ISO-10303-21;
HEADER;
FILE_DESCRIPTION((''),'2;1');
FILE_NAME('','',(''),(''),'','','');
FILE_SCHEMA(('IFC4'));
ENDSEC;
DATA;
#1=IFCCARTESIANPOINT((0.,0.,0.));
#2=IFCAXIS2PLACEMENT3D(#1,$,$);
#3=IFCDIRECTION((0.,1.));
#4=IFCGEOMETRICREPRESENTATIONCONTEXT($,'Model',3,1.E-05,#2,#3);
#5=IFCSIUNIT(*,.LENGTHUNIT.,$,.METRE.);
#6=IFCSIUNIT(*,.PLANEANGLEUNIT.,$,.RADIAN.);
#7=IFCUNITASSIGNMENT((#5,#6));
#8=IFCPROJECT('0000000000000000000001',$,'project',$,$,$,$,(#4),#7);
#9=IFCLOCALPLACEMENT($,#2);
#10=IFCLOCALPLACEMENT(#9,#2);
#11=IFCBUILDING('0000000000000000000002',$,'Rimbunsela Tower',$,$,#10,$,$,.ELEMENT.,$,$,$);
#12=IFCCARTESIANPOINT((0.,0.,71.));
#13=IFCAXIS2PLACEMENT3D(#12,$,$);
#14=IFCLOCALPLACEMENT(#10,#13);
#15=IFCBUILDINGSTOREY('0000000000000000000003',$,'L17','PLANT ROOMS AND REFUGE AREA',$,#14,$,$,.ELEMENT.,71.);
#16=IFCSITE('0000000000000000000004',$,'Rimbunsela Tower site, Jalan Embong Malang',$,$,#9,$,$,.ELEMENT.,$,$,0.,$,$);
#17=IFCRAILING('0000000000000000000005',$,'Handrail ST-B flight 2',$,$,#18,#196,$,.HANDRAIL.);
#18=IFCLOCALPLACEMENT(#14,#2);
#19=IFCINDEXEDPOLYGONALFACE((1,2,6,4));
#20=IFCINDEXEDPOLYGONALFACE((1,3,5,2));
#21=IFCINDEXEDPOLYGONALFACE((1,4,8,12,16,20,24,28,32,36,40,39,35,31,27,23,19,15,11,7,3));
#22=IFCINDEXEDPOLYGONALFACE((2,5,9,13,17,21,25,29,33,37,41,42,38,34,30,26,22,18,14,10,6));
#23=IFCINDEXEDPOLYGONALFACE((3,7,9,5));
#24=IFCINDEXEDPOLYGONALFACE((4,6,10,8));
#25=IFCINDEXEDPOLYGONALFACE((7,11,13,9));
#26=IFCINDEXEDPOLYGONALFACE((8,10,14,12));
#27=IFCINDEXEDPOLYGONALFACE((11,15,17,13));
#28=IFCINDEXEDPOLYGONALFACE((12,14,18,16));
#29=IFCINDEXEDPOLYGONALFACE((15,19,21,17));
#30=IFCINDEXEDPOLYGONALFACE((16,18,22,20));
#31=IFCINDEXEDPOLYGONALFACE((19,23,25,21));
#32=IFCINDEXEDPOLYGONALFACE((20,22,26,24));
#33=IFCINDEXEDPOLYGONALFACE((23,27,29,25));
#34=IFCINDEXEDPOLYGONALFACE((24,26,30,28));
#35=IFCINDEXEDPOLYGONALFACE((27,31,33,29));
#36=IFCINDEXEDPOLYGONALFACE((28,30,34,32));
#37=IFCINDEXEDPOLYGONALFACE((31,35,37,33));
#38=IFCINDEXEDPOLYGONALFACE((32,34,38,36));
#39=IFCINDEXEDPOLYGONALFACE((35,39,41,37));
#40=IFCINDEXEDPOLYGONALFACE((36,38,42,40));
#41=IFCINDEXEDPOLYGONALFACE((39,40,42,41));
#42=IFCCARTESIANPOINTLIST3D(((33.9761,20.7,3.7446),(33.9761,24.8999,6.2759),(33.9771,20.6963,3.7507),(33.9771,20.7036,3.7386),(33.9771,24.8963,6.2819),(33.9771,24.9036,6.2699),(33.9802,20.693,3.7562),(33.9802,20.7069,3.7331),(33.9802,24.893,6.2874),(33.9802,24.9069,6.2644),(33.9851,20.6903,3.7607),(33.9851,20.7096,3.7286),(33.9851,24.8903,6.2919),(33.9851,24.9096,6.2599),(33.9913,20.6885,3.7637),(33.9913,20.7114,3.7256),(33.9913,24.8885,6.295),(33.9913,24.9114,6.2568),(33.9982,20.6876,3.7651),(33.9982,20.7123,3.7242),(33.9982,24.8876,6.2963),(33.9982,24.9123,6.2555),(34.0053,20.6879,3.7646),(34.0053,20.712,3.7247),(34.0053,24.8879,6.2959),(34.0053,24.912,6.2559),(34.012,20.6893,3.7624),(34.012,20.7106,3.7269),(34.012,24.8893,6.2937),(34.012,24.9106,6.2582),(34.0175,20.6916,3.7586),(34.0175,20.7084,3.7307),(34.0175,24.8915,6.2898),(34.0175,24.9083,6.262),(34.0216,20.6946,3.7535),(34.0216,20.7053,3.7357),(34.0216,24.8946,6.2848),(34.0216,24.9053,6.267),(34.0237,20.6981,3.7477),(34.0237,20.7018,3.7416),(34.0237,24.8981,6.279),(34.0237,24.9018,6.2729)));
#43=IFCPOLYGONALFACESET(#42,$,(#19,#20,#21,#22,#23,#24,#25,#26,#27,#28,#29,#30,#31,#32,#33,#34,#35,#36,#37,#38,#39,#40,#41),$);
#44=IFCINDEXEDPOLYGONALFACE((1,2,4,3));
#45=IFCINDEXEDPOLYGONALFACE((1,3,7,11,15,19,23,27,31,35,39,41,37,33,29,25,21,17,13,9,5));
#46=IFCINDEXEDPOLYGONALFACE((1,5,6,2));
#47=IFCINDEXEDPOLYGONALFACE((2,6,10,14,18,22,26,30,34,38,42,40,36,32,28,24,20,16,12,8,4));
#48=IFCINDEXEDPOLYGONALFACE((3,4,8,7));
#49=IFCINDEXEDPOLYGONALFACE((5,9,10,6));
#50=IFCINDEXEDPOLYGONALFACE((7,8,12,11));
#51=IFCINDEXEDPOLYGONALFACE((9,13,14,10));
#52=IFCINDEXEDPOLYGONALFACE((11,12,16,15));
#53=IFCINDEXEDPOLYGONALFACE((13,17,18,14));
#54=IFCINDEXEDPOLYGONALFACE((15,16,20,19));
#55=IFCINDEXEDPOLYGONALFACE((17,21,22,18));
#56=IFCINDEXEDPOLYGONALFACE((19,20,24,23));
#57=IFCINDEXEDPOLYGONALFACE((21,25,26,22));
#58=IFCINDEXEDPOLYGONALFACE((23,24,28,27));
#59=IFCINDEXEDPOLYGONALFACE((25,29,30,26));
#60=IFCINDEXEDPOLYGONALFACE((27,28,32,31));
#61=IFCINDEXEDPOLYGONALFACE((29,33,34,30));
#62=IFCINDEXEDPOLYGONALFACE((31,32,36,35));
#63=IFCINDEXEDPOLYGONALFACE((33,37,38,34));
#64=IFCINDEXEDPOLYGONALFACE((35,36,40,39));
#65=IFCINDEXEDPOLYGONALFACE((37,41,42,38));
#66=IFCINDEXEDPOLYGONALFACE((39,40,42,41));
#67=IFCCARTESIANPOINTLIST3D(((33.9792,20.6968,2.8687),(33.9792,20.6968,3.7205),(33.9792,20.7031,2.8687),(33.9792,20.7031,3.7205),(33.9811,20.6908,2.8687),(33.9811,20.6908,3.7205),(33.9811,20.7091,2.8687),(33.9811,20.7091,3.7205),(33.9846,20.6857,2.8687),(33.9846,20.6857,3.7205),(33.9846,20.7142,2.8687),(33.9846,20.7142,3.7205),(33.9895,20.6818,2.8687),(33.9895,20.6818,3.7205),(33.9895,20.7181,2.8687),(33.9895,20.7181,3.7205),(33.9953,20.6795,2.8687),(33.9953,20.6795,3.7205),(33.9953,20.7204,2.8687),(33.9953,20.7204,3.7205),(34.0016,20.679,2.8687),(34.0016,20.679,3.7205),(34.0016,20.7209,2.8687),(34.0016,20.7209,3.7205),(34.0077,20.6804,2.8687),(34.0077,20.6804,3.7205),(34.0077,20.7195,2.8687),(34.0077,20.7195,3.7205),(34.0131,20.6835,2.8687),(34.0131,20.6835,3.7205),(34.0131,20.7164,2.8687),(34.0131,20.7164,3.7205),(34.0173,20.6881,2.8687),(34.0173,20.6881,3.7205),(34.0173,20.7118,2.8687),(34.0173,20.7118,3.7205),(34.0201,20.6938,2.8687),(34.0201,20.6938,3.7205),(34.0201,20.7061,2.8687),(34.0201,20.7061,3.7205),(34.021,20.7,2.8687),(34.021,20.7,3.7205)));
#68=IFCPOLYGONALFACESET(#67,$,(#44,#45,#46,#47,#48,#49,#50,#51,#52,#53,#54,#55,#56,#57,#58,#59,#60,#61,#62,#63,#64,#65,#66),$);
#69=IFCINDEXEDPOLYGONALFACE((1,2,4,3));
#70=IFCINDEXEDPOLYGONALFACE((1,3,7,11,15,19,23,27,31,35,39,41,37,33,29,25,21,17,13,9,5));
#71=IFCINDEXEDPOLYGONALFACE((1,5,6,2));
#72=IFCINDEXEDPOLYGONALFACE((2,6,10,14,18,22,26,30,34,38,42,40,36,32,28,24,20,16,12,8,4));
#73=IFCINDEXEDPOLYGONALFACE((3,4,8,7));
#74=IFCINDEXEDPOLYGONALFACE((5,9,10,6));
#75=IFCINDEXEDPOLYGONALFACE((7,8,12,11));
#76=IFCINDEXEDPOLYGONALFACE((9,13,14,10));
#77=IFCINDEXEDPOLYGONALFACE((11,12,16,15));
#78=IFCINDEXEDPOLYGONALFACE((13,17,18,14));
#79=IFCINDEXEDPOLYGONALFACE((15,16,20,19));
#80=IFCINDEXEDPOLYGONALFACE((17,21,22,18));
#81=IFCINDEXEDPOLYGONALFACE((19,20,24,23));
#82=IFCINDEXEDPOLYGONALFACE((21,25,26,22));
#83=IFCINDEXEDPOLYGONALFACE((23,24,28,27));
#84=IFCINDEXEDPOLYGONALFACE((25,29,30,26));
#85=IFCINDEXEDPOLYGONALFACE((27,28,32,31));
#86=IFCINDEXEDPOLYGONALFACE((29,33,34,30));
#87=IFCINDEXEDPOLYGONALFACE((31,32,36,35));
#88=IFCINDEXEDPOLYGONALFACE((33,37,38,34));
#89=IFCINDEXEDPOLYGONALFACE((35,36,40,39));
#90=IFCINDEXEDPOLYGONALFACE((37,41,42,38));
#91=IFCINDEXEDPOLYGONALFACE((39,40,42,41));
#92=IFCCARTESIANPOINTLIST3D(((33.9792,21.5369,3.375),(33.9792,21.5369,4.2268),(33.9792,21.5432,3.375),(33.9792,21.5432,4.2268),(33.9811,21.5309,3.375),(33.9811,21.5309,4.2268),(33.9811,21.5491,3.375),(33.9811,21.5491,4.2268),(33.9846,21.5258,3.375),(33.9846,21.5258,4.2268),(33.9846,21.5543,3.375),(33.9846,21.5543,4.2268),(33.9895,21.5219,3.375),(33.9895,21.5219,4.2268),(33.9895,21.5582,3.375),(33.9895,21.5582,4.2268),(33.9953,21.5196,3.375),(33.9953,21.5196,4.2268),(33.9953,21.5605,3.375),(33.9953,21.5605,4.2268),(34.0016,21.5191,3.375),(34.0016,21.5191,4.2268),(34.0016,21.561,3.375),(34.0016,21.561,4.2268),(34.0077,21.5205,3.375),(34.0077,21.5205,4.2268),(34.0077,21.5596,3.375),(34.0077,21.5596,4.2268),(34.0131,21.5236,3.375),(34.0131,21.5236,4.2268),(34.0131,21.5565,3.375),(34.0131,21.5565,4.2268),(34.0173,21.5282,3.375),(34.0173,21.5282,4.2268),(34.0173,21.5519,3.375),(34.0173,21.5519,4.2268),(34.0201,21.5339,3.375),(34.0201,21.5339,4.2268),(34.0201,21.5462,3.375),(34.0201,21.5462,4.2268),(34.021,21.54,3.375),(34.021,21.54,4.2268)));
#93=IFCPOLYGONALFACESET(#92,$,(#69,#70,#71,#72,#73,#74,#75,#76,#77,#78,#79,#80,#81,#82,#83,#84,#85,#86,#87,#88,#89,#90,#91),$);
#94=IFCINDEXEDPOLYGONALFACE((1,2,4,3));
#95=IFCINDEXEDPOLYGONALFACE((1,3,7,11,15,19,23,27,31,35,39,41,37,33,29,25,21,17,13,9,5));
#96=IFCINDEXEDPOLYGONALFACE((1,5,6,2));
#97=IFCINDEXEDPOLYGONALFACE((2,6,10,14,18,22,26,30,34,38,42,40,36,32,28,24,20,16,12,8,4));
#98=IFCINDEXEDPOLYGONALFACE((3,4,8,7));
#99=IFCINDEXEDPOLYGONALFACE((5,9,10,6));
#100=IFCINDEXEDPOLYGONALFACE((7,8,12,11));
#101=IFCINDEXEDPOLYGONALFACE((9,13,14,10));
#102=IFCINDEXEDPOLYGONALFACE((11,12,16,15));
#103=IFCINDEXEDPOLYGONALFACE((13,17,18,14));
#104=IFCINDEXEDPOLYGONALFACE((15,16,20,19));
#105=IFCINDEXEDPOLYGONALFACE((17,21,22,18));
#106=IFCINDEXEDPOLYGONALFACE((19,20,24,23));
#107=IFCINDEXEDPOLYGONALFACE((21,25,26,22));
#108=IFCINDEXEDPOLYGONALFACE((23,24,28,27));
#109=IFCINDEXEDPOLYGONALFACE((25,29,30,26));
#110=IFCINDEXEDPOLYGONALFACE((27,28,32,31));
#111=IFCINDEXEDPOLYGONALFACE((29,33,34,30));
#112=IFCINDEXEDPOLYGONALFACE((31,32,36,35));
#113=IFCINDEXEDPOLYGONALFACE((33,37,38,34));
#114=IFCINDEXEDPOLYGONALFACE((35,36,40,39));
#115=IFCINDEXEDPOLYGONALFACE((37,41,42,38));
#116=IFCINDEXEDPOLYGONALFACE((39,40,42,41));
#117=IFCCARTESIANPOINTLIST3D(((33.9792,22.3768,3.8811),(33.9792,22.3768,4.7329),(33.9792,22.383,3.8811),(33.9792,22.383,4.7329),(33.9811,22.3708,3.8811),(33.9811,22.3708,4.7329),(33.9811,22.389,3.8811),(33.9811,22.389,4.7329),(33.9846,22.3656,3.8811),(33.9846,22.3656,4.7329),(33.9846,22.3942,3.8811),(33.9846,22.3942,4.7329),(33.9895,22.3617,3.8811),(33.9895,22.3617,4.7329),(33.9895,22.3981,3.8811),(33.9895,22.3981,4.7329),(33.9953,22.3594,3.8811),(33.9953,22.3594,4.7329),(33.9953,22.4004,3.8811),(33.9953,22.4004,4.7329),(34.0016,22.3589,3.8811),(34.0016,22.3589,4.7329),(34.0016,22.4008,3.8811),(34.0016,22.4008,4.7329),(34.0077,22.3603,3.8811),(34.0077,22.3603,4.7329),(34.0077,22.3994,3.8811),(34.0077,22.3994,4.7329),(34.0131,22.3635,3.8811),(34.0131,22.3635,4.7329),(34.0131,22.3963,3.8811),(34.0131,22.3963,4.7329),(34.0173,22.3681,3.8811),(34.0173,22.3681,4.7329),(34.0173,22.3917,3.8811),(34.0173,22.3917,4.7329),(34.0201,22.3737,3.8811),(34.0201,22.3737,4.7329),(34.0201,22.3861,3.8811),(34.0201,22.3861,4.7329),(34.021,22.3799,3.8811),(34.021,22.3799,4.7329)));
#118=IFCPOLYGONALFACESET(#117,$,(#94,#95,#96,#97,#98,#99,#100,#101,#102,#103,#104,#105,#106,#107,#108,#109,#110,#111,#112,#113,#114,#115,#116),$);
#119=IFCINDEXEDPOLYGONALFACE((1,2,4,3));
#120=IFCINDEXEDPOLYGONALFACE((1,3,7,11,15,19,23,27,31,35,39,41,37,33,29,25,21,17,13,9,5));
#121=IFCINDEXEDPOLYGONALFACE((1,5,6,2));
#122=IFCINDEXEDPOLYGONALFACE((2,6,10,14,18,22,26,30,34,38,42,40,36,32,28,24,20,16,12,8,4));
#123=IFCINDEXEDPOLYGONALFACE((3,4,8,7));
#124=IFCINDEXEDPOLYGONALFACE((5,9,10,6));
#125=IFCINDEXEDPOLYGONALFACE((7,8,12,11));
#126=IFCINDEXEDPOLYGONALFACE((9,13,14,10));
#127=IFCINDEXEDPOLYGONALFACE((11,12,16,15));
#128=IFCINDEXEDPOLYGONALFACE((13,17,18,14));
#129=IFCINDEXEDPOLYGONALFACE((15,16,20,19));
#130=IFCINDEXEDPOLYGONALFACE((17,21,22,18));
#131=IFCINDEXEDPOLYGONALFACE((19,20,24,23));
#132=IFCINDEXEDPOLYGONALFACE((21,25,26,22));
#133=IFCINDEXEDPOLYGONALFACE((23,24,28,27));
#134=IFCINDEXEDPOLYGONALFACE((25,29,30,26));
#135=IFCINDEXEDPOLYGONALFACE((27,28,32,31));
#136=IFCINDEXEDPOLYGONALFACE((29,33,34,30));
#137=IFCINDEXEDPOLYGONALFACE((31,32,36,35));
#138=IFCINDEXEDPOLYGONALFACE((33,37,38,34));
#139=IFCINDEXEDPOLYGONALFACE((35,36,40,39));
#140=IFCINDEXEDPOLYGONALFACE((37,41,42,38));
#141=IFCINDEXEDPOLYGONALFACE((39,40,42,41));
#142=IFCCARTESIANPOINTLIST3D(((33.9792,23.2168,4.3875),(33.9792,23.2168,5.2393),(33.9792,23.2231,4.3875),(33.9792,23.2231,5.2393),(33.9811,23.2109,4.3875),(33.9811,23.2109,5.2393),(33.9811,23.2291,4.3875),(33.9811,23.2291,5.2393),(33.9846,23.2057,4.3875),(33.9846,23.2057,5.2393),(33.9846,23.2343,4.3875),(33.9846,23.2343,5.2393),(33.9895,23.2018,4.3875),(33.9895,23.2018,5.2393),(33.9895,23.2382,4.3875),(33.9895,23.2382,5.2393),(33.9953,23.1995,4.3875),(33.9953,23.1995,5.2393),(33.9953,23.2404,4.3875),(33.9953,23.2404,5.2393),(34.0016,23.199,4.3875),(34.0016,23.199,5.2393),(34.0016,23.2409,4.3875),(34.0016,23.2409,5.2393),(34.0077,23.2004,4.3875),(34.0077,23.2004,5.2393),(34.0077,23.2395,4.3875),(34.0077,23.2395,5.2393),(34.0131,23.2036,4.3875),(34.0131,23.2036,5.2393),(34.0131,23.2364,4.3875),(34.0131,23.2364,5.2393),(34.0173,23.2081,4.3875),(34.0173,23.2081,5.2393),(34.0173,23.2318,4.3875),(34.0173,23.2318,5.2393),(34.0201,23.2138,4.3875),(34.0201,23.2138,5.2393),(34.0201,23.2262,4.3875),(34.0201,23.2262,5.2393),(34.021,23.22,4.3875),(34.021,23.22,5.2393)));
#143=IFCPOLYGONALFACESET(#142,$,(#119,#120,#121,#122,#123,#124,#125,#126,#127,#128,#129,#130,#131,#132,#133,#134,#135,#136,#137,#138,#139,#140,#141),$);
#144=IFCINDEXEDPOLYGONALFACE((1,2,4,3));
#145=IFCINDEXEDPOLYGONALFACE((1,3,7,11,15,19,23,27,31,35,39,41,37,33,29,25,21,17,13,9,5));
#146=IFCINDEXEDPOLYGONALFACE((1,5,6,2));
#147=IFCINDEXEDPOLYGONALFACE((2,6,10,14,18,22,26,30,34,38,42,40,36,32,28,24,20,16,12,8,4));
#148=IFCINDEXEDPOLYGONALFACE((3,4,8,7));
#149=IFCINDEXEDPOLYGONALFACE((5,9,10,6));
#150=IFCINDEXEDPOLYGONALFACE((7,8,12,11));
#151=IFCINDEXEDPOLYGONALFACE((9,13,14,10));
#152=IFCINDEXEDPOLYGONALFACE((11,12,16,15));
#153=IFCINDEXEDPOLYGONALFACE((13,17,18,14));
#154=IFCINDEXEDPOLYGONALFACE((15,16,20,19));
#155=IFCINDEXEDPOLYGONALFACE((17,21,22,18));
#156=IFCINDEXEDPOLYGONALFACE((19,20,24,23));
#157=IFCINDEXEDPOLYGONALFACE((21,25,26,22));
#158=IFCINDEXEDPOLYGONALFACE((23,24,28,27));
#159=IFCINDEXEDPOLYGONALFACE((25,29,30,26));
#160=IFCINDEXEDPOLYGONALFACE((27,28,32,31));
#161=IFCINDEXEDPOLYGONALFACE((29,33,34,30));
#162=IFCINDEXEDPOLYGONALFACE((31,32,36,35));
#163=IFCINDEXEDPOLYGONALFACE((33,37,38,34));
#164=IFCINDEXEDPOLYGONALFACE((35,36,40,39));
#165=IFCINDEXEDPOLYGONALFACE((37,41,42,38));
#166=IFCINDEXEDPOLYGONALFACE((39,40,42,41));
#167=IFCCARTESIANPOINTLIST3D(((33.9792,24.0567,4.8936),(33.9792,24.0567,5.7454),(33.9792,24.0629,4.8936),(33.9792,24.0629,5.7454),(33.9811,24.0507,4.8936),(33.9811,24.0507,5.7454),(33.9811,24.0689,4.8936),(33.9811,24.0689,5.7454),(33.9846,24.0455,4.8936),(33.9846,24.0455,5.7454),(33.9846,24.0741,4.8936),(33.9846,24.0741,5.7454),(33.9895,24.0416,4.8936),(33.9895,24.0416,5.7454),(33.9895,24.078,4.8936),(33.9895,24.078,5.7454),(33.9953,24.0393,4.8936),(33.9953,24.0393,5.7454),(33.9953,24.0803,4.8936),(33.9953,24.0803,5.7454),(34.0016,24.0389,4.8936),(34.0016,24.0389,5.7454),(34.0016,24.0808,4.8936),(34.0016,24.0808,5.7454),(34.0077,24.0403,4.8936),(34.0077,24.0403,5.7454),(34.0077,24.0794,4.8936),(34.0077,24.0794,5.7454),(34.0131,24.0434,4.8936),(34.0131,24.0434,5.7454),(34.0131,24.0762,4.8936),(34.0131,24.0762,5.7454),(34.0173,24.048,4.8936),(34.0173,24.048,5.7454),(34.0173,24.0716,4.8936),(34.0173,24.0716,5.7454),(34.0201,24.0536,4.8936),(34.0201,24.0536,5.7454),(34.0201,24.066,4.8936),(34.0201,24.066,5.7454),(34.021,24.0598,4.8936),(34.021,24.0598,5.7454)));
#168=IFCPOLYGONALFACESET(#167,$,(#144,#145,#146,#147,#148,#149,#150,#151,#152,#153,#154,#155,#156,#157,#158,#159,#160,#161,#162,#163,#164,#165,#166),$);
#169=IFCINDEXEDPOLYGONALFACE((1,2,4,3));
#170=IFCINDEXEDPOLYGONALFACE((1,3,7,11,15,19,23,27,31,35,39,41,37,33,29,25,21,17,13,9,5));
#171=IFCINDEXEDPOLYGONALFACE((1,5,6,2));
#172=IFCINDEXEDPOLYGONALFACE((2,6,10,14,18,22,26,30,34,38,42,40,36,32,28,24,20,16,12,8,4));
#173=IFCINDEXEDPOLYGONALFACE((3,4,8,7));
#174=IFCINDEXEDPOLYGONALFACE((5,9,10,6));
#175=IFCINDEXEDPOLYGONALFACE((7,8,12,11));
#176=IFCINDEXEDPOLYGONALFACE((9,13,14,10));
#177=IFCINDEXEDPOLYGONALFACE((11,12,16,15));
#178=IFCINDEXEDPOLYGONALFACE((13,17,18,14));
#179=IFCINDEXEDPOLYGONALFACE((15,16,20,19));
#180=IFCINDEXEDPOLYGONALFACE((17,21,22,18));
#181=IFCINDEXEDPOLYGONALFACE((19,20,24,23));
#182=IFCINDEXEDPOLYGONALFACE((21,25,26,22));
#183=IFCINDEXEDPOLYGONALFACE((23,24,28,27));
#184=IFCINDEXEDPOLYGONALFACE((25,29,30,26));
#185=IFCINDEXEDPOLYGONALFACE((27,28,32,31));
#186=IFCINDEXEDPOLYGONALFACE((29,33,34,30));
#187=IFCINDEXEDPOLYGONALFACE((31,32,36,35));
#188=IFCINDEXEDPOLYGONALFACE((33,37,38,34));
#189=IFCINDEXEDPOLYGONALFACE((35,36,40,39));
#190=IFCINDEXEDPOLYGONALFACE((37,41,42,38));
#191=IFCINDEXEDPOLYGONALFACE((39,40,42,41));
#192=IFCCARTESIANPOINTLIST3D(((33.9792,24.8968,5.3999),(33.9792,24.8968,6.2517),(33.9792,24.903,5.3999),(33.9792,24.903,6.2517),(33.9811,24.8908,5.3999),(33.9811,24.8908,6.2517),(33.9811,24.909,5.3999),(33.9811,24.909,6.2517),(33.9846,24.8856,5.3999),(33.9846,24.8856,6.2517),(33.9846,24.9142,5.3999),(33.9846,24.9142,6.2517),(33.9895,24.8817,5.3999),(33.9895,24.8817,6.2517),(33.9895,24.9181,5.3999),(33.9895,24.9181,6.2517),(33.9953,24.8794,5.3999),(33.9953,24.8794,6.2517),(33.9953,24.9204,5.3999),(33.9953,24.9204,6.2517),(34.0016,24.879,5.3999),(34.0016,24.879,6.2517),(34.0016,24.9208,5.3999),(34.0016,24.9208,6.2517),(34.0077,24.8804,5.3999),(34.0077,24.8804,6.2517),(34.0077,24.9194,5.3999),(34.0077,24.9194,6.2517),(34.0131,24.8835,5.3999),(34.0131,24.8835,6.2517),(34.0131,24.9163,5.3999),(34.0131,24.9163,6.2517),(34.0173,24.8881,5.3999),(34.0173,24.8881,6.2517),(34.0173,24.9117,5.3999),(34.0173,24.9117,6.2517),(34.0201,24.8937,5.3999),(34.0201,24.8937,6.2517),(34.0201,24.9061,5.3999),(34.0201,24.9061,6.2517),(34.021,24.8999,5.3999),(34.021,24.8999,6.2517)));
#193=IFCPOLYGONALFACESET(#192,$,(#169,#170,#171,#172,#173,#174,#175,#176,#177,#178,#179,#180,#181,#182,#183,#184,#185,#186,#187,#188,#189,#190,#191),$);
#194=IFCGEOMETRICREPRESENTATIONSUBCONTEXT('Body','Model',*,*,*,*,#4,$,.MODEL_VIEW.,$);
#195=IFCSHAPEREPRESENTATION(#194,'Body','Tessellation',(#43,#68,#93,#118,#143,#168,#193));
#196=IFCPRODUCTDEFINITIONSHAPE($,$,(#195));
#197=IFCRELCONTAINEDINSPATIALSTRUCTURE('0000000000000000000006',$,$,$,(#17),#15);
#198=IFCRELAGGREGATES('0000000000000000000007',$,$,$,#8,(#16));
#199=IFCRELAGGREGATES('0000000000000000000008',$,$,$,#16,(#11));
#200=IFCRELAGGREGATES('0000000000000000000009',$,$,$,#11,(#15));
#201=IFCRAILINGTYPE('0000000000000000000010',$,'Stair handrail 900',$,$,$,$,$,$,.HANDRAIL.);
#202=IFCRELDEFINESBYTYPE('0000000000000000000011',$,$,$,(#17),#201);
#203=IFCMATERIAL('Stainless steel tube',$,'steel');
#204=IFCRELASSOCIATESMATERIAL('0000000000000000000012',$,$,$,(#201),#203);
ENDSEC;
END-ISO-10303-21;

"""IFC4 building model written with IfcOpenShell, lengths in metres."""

from ifc_helpers import new_model, si_unit, direction, frame, origin, origin_2d, place, context, subcontext, project, spatial, circle, extrude, material, type_object, element, save


model = new_model("IFC4")

# Units and contexts
model_context = context("Model", 3, precision=1e-05, world=origin(), true_north=direction((0.0, 1.0)))
body_context = subcontext(model_context, "Body", "Model", "MODEL_VIEW")
ifc_project = project(units=[si_unit("LENGTHUNIT", "METRE"), si_unit("PLANEANGLEUNIT", "RADIAN")], contexts=[model_context])

# Site, building, storey
site_placement = place(None, origin())
site = spatial("IfcSite", under=ifc_project, at=site_placement, Name="Rimbunsela Tower site, Jalan Embong Malang", CompositionType="ELEMENT", RefElevation=0.0)
building_placement = place(site_placement, origin())
building = spatial("IfcBuilding", under=site, at=building_placement, Name="Rimbunsela Tower", CompositionType="ELEMENT")
storey_placement = place(building_placement, frame((0.0, 0.0, 71.0)))
storey = spatial("IfcBuildingStorey", under=building, at=storey_placement, Name="L17", Description="PLANT ROOMS AND REFUGE AREA", CompositionType="ELEMENT", Elevation=71.0)

# Railing
ifc_material_1 = material(Name="Stainless steel tube", Category="steel")
railing_type = type_object("IfcRailingType", Name="Stair handrail 900", PredefinedType="HANDRAIL", material=ifc_material_1)
railing_1_placement = place(storey_placement, frame((34.0, 20.7, 2.8687)))
element("IfcRailing", 1, at=railing_1_placement, inside=storey, type_object=railing_type, Name="Handrail ST-B flight 2", PredefinedType="HANDRAIL", context=body_context, shape_type="SweptSolid", body=[
    extrude(circle(Radius=0.0239, at=origin_2d()), frame((0.0, 0.0, 0.876), z_axis=(0.0, 0.856476, 0.516186), x_axis=(-1.0, 0.0, 0.0)), (0.0, 0.0, 1.0), 4.9038),
    extrude(circle(Radius=0.021, at=origin_2d()), origin(), (0.0, 0.0, 1.0), 0.8518),
    extrude(circle(Radius=0.021, at=origin_2d()), frame((0.0, 0.8401, 0.5063)), (0.0, 0.0, 1.0), 0.8518),
    extrude(circle(Radius=0.021, at=origin_2d()), frame((0.0, 1.6799, 1.0125)), (0.0, 0.0, 1.0), 0.8518),
    extrude(circle(Radius=0.021, at=origin_2d()), frame((0.0, 2.52, 1.5188)), (0.0, 0.0, 1.0), 0.8518),
    extrude(circle(Radius=0.021, at=origin_2d()), frame((0.0, 3.3599, 2.0249)), (0.0, 0.0, 1.0), 0.8518),
    extrude(circle(Radius=0.021, at=origin_2d()), frame((0.0, 4.2, 2.5312)), (0.0, 0.0, 1.0), 0.8518),
])

save(model, "model.ifc")
